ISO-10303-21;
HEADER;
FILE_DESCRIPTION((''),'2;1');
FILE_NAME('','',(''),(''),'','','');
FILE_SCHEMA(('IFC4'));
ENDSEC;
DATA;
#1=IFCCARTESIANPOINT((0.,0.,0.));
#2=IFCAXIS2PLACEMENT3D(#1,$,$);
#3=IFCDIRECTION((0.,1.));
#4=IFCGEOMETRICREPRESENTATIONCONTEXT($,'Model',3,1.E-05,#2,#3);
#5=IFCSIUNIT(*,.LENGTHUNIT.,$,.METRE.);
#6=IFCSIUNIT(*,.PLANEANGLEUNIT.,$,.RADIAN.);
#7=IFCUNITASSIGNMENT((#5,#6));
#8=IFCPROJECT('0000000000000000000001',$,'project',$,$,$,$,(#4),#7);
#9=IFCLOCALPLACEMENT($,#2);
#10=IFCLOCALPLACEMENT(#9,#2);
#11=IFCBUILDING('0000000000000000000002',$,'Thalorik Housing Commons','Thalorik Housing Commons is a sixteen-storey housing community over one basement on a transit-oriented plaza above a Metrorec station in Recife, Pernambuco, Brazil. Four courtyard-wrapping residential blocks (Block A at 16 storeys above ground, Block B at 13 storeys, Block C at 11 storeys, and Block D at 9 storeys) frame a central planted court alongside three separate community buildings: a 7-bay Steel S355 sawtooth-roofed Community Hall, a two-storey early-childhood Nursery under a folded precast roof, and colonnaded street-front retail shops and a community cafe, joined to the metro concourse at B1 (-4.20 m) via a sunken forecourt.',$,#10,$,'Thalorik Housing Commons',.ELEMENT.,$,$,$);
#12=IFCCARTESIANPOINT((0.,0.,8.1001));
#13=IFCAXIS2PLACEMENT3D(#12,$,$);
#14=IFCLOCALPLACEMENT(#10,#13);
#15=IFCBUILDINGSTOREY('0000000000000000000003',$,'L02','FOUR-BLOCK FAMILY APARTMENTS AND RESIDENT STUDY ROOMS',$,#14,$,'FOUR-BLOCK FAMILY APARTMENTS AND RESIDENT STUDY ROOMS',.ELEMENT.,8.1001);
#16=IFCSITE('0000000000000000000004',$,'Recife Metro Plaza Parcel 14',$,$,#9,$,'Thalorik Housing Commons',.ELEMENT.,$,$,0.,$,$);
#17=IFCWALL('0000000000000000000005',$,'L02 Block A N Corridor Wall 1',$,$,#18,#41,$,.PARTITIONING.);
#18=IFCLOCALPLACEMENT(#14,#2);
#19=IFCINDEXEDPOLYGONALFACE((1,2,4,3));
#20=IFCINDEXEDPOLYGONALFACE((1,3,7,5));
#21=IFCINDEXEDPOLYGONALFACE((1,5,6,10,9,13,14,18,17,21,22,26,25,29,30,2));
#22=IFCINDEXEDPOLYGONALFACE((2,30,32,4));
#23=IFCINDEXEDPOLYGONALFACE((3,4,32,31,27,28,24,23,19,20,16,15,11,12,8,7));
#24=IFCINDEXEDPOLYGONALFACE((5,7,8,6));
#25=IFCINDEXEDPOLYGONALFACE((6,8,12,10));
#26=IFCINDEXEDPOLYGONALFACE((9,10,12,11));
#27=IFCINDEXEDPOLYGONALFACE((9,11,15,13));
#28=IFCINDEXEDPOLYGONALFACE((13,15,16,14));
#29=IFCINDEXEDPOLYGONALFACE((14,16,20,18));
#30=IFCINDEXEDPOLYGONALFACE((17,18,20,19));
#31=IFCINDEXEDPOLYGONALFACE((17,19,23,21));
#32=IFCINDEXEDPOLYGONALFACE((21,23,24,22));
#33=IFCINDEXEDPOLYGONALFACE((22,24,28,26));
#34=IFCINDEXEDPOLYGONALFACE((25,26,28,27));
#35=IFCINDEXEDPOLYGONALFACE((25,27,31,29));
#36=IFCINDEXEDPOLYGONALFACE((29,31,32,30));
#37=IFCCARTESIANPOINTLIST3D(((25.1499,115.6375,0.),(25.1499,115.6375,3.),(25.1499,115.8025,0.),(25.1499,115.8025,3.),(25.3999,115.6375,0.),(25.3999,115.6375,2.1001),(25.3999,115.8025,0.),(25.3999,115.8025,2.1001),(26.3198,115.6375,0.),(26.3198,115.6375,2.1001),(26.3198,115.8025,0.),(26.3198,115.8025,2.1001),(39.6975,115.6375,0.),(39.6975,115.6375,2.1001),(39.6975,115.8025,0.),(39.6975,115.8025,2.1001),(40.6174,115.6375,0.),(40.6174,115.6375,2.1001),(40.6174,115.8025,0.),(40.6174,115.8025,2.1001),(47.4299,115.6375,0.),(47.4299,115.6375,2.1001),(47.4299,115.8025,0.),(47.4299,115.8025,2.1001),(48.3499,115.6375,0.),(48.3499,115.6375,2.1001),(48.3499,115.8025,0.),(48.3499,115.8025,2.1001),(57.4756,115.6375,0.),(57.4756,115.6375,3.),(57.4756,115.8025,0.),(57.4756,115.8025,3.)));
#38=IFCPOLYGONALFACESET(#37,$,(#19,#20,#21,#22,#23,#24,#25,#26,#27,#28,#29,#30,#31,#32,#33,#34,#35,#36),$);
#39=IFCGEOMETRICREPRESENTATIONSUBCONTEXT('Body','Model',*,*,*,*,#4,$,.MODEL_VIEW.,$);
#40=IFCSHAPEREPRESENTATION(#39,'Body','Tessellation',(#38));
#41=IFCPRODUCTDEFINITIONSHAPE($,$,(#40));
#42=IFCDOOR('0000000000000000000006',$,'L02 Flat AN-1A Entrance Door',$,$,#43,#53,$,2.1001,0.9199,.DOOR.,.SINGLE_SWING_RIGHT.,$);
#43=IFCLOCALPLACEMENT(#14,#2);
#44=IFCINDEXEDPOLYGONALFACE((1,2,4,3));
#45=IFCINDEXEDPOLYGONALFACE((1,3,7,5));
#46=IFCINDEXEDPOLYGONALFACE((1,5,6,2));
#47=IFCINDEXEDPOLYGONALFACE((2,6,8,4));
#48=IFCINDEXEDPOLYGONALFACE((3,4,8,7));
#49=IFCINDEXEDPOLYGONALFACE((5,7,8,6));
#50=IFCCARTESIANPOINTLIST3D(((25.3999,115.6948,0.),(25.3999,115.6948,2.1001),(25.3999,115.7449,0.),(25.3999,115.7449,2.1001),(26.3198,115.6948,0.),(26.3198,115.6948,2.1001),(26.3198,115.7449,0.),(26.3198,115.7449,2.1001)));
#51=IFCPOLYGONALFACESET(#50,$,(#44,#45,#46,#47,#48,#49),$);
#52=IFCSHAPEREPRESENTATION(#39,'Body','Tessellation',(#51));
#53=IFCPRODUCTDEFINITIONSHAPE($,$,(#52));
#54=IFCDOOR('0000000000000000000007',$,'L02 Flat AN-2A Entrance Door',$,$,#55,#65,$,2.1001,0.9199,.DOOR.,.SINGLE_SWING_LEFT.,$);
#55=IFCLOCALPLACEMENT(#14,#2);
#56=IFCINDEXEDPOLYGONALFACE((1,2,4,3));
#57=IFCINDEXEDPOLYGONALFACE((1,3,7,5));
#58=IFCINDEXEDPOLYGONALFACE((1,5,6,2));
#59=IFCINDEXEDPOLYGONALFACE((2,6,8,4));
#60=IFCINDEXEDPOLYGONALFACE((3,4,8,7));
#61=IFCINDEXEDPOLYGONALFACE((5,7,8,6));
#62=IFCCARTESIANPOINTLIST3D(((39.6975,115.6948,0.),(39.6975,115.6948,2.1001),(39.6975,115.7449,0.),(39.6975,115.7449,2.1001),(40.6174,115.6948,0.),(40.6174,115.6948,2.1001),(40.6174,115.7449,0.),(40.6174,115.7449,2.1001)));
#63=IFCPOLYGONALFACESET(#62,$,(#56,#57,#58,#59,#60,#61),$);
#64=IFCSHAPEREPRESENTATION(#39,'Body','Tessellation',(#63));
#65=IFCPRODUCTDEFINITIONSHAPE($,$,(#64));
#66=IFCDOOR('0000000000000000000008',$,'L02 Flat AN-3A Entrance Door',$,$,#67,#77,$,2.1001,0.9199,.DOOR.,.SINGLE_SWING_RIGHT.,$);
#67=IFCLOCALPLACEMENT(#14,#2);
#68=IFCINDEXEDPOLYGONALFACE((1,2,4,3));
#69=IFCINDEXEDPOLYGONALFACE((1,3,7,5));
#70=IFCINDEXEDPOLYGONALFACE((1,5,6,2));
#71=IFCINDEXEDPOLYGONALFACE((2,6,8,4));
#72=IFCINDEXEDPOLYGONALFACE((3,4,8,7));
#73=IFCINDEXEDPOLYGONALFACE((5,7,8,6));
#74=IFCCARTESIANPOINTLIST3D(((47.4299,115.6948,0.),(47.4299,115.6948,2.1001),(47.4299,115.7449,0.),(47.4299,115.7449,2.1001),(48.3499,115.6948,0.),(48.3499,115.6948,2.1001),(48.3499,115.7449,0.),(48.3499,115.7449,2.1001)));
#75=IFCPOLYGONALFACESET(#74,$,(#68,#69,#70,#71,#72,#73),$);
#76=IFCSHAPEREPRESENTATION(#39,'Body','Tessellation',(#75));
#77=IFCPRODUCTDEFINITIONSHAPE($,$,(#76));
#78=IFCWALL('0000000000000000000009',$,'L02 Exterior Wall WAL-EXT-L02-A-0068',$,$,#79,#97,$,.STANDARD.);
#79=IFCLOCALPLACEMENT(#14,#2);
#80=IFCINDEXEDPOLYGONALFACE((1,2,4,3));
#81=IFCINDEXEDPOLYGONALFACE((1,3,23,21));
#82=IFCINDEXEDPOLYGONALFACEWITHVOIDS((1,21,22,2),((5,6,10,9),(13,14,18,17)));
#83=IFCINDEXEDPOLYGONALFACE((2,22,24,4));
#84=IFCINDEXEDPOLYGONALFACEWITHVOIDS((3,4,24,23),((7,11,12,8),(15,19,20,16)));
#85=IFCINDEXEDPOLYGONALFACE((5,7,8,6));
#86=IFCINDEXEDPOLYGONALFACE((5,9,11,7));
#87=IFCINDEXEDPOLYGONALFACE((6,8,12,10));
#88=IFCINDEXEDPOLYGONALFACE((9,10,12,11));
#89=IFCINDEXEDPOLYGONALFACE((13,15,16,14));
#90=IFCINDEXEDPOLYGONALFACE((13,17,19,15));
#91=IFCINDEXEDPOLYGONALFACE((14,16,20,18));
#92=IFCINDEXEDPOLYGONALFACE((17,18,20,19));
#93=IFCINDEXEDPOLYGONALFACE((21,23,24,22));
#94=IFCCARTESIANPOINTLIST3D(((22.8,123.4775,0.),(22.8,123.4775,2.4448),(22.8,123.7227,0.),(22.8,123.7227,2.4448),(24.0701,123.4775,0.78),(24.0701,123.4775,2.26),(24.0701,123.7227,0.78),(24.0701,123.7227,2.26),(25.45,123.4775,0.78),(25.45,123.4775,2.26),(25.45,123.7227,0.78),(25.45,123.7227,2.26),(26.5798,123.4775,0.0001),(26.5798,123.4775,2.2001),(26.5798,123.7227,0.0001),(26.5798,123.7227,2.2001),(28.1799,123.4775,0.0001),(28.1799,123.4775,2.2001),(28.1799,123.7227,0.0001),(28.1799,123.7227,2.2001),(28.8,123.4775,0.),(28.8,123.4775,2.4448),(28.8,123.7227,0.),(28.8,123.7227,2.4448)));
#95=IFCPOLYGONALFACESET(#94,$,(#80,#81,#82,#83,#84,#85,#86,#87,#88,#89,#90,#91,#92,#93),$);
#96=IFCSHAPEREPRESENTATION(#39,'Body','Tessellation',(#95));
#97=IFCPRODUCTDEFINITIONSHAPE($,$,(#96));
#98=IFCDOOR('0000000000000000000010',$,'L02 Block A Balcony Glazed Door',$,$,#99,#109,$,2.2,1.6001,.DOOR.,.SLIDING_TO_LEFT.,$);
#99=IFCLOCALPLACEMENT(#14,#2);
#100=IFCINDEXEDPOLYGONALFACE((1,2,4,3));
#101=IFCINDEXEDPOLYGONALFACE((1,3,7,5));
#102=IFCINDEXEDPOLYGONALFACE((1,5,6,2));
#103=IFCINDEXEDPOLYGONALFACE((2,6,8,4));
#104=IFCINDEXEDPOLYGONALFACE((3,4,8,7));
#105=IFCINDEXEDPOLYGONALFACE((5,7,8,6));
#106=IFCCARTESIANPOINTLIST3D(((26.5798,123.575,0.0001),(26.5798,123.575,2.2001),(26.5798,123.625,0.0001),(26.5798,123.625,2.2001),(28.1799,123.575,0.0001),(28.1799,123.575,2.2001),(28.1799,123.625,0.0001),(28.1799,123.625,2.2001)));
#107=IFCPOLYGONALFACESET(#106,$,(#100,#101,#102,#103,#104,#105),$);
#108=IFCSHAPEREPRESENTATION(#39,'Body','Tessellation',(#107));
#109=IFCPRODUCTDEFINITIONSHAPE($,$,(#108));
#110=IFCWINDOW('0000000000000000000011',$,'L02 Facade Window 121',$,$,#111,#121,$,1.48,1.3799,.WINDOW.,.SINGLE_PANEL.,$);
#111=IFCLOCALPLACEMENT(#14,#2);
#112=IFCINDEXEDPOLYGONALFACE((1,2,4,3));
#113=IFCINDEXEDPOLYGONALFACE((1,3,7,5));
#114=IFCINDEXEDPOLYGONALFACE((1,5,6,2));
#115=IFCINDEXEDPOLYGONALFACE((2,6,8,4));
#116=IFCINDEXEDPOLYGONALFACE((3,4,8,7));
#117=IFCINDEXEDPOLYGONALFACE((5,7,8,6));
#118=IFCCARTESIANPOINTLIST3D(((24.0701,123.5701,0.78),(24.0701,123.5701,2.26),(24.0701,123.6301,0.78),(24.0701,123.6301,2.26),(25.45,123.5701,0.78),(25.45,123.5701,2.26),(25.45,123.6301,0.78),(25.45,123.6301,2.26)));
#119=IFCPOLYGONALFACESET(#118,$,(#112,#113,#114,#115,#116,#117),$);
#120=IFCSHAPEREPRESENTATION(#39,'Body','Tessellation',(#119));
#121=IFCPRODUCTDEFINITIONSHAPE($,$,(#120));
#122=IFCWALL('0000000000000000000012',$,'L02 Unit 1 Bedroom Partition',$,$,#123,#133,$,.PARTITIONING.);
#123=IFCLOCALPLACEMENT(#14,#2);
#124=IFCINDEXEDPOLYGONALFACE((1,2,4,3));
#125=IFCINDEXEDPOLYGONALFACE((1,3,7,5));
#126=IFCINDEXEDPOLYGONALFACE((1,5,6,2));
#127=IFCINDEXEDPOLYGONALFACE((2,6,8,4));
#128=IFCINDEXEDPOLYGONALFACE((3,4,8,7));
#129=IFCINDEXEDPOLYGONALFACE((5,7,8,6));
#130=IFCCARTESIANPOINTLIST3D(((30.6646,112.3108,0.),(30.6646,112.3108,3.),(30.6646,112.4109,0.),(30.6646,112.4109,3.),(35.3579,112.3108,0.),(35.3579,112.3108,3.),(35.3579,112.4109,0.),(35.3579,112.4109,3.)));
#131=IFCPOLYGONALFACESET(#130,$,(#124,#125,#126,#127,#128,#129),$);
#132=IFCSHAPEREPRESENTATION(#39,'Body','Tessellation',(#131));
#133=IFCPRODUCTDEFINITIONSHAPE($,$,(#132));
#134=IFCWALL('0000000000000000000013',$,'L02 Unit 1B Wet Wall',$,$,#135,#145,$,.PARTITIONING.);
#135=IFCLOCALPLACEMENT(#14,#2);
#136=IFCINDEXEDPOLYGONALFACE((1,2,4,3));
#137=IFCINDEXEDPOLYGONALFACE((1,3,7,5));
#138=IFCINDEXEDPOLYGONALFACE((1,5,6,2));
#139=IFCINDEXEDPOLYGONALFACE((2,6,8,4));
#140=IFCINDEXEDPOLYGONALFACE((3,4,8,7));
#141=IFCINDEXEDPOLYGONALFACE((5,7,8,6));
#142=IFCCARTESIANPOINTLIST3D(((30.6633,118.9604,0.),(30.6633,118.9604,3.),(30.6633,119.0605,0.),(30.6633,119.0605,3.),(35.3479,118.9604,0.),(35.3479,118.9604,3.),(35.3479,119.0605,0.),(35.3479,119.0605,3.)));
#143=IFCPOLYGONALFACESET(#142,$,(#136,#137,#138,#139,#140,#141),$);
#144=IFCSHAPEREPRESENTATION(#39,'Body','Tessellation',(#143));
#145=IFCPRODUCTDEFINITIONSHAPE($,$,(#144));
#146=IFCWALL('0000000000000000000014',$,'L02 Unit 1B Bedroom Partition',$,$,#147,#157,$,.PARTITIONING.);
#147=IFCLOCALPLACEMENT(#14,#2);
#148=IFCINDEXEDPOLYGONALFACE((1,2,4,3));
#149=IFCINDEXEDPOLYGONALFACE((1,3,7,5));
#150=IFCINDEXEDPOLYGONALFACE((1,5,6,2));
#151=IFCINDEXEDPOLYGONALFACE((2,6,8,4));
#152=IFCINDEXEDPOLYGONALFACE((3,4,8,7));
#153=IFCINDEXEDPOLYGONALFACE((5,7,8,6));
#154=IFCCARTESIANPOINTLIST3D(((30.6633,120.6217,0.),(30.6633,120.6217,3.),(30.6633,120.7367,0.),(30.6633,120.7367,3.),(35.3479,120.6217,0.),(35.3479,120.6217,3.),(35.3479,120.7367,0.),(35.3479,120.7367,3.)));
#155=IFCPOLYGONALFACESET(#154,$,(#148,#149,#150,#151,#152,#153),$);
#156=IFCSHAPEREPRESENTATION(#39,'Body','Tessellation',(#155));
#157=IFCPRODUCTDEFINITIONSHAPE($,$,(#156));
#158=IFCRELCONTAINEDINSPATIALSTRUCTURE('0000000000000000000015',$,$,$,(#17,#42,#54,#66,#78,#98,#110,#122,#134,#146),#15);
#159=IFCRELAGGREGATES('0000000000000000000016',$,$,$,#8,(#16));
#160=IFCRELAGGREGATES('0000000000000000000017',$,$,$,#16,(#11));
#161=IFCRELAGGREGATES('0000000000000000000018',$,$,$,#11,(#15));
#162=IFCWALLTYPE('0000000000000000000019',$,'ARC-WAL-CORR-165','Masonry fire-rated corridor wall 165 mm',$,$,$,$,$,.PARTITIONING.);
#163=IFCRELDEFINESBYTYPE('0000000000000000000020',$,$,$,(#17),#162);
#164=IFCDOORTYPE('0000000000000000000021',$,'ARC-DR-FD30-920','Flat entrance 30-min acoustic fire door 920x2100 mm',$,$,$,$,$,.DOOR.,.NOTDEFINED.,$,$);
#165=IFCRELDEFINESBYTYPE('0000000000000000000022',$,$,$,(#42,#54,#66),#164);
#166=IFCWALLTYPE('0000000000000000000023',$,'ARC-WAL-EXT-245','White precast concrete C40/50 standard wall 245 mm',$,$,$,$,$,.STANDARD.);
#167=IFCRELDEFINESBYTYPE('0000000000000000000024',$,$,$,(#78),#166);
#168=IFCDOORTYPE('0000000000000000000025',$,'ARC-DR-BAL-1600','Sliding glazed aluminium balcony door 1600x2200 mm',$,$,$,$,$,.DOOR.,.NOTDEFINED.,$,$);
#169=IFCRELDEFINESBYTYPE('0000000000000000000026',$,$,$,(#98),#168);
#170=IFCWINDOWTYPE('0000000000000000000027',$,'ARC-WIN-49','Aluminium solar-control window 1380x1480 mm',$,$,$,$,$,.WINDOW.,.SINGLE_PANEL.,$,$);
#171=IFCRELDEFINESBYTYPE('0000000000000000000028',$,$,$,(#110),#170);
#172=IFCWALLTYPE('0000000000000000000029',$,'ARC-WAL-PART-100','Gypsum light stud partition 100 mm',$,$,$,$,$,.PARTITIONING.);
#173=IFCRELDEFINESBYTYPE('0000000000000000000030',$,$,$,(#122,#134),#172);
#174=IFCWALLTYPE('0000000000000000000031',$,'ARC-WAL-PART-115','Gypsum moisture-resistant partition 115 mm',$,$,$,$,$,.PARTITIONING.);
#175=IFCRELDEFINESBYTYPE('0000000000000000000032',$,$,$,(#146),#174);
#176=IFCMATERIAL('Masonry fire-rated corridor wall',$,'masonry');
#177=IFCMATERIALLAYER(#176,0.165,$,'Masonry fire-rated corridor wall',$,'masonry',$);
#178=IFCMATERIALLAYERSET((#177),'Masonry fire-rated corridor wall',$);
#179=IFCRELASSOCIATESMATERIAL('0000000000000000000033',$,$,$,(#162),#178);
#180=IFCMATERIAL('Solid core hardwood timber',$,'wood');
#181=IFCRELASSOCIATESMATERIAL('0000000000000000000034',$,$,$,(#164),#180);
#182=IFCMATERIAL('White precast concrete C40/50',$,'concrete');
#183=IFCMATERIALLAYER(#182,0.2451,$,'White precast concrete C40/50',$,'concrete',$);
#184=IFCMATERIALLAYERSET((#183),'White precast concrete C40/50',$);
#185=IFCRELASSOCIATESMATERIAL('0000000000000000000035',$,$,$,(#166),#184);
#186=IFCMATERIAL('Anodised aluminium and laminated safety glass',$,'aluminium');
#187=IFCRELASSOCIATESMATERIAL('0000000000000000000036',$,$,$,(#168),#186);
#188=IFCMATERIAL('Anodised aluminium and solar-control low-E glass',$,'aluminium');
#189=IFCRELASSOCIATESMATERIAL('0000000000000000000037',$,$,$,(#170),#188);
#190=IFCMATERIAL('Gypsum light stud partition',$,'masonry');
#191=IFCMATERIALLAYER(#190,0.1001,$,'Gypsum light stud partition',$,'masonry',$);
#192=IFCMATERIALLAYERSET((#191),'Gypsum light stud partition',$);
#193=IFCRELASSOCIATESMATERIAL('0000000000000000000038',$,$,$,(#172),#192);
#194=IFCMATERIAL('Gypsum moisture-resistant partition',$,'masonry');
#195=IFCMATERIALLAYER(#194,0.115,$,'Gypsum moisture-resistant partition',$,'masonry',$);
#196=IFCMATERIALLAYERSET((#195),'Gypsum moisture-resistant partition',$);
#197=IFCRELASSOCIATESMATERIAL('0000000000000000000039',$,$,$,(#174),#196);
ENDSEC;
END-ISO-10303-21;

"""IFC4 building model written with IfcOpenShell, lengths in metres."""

from ifc_helpers import new_model, si_unit, direction, frame, frame_2d, origin, place, context, subcontext, project, spatial, rectangle, extrude, material, layer, layer_set, type_object, element, fill, save


model = new_model("IFC4")

# Units and contexts
model_context = context("Model", 3, precision=1e-05, world=origin(), true_north=direction((0.0, 1.0)))
body_context = subcontext(model_context, "Body", "Model", "MODEL_VIEW")
ifc_project = project(units=[si_unit("LENGTHUNIT", "METRE"), si_unit("PLANEANGLEUNIT", "RADIAN")], contexts=[model_context])

# Site, building, storey
site_placement = place(None, origin())
site = spatial("IfcSite", under=ifc_project, at=site_placement, Name="Recife Metro Plaza Parcel 14", LongName="Thalorik Housing Commons", CompositionType="ELEMENT", RefElevation=0.0)
building_placement = place(site_placement, origin())
building = spatial("IfcBuilding", under=site, at=building_placement, Name="Thalorik Housing Commons", Description="Thalorik Housing Commons is a sixteen-storey housing community over one basement on a transit-oriented plaza above a Metrorec station in Recife, Pernambuco, Brazil. Four courtyard-wrapping residential blocks (Block A at 16 storeys above ground, Block B at 13 storeys, Block C at 11 storeys, and Block D at 9 storeys) frame a central planted court alongside three separate community buildings: a 7-bay Steel S355 sawtooth-roofed Community Hall, a two-storey early-childhood Nursery under a folded precast roof, and colonnaded street-front retail shops and a community cafe, joined to the metro concourse at B1 (-4.20 m) via a sunken forecourt.", LongName="Thalorik Housing Commons", CompositionType="ELEMENT")
storey_placement = place(building_placement, frame((0.0, 0.0, 8.1001)))
storey = spatial("IfcBuildingStorey", under=building, at=storey_placement, Name="L02", Description="FOUR-BLOCK FAMILY APARTMENTS AND RESIDENT STUDY ROOMS", LongName="FOUR-BLOCK FAMILY APARTMENTS AND RESIDENT STUDY ROOMS", CompositionType="ELEMENT", Elevation=8.1001)

# Wall, openings, doors
ifc_material_1 = material(Name="Masonry fire-rated corridor wall", Category="masonry")
ifc_layer_1 = layer(ifc_material_1, 0.165, Name="Masonry fire-rated corridor wall", Category="masonry")
ifc_layer_set_1 = layer_set([ifc_layer_1], Name="Masonry fire-rated corridor wall")
wall_type_1 = type_object("IfcWallType", Name="ARC-WAL-CORR-165", Description="Masonry fire-rated corridor wall 165 mm", PredefinedType="PARTITIONING", material=ifc_layer_set_1)
wall_1_placement = place(storey_placement, frame((25.1499, 115.72, 0.0), z_axis=(0.0, 0.0, 1.0), x_axis=(1.0, 0.0, 0.0)))
wall_1 = element("IfcWall", 1, at=wall_1_placement, inside=storey, type_object=wall_type_1, Name="L02 Block A N Corridor Wall 1", PredefinedType="PARTITIONING", context=body_context, shape_type="SweptSolid", body=[
    extrude(rectangle(XDim=32.3257, YDim=0.165, at=frame_2d((16.1628, 0.0))), origin(), (0.0, 0.0, 1.0), 3.0),
])
opening_1_placement = place(wall_1_placement, frame((0.25, 0.0, 0.0)))
opening_1 = element("IfcOpeningElement", 2, at=opening_1_placement, cuts=wall_1, PredefinedType="OPENING", context=body_context, shape_type="SweptSolid", body=[
    extrude(rectangle(XDim=0.9199, YDim=2.1001, at=frame_2d((0.46, 1.05))), frame((0.0, 0.0925, 0.0), z_axis=(0.0, -1.0, 0.0), x_axis=(1.0, 0.0, 0.0)), (0.0, 0.0, 1.0), 0.1851),
])
opening_2_placement = place(wall_1_placement, frame((14.5476, 0.0, 0.0)))
opening_2 = element("IfcOpeningElement", 3, at=opening_2_placement, cuts=wall_1, PredefinedType="OPENING", context=body_context, shape_type="SweptSolid", body=[
    extrude(rectangle(XDim=0.9199, YDim=2.1001, at=frame_2d((0.46, 1.05))), frame((0.0, 0.0925, 0.0), z_axis=(0.0, -1.0, 0.0), x_axis=(1.0, 0.0, 0.0)), (0.0, 0.0, 1.0), 0.1851),
])
opening_3_placement = place(wall_1_placement, frame((22.28, 0.0, 0.0)))
opening_3 = element("IfcOpeningElement", 4, at=opening_3_placement, cuts=wall_1, PredefinedType="OPENING", context=body_context, shape_type="SweptSolid", body=[
    extrude(rectangle(XDim=0.9199, YDim=2.1001, at=frame_2d((0.46, 1.05))), frame((0.0, 0.0925, 0.0), z_axis=(0.0, -1.0, 0.0), x_axis=(1.0, 0.0, 0.0)), (0.0, 0.0, 1.0), 0.1851),
])
ifc_material_2 = material(Name="Solid core hardwood timber", Category="wood")
door_type_1 = type_object("IfcDoorType", Name="ARC-DR-FD30-920", Description="Flat entrance 30-min acoustic fire door 920x2100 mm", OperationType="NOTDEFINED", PredefinedType="DOOR", material=ifc_material_2)
door_1_placement = place(opening_1_placement, origin())
door_1 = element("IfcDoor", 5, at=door_1_placement, inside=storey, type_object=door_type_1, Name="L02 Flat AN-1A Entrance Door", OperationType="SINGLE_SWING_RIGHT", OverallHeight=2.1001, OverallWidth=0.9199, PredefinedType="DOOR", context=body_context, shape_type="SweptSolid", body=[
    extrude(rectangle(XDim=0.9199, YDim=2.1001, at=frame_2d((0.46, 1.05))), frame((0.0, 0.0249, 0.0), z_axis=(0.0, -1.0, 0.0), x_axis=(1.0, 0.0, 0.0)), (0.0, 0.0, 1.0), 0.05),
])
fill(opening_1, door_1)
door_2_placement = place(opening_2_placement, origin())
door_2 = element("IfcDoor", 6, at=door_2_placement, inside=storey, type_object=door_type_1, Name="L02 Flat AN-2A Entrance Door", OperationType="SINGLE_SWING_LEFT", OverallHeight=2.1001, OverallWidth=0.9199, PredefinedType="DOOR", context=body_context, shape_type="SweptSolid", body=[
    extrude(rectangle(XDim=0.9199, YDim=2.1001, at=frame_2d((0.46, 1.05))), frame((0.0, 0.0249, 0.0), z_axis=(0.0, -1.0, 0.0), x_axis=(1.0, 0.0, 0.0)), (0.0, 0.0, 1.0), 0.05),
])
fill(opening_2, door_2)
door_3_placement = place(opening_3_placement, origin())
door_3 = element("IfcDoor", 7, at=door_3_placement, inside=storey, type_object=door_type_1, Name="L02 Flat AN-3A Entrance Door", OperationType="SINGLE_SWING_RIGHT", OverallHeight=2.1001, OverallWidth=0.9199, PredefinedType="DOOR", context=body_context, shape_type="SweptSolid", body=[
    extrude(rectangle(XDim=0.9199, YDim=2.1001, at=frame_2d((0.46, 1.05))), frame((0.0, 0.0249, 0.0), z_axis=(0.0, -1.0, 0.0), x_axis=(1.0, 0.0, 0.0)), (0.0, 0.0, 1.0), 0.05),
])
fill(opening_3, door_3)

# Wall, openings, door, window
ifc_material_3 = material(Name="White precast concrete C40/50", Category="concrete")
ifc_layer_2 = layer(ifc_material_3, 0.2451, Name="White precast concrete C40/50", Category="concrete")
ifc_layer_set_2 = layer_set([ifc_layer_2], Name="White precast concrete C40/50")
wall_type_2 = type_object("IfcWallType", Name="ARC-WAL-EXT-245", Description="White precast concrete C40/50 standard wall 245 mm", PredefinedType="STANDARD", material=ifc_layer_set_2)
wall_2_placement = place(storey_placement, frame((28.8, 123.6001, 0.0), z_axis=(0.0, 0.0, 1.0), x_axis=(-1.0, 0.0, 0.0)))
wall_2 = element("IfcWall", 8, at=wall_2_placement, inside=storey, type_object=wall_type_2, Name="L02 Exterior Wall WAL-EXT-L02-A-0068", PredefinedType="STANDARD", context=body_context, shape_type="SweptSolid", body=[
    extrude(rectangle(XDim=6.0, YDim=0.2451, at=frame_2d((3.0, 0.0))), origin(), (0.0, 0.0, 1.0), 2.4448),
])
opening_4_placement = place(wall_2_placement, frame((0.6201, 0.0, 0.0)))
opening_4 = element("IfcOpeningElement", 9, at=opening_4_placement, cuts=wall_2, PredefinedType="OPENING", context=body_context, shape_type="SweptSolid", body=[
    extrude(rectangle(XDim=1.6001, YDim=2.2, at=frame_2d((0.8, 1.1001))), frame((0.0, 0.1326, 0.0), z_axis=(0.0, -1.0, 0.0), x_axis=(1.0, 0.0, 0.0)), (0.0, 0.0, 1.0), 0.2651),
])
opening_5_placement = place(wall_2_placement, frame((3.3501, 0.0, 0.78)))
opening_5 = element("IfcOpeningElement", 10, at=opening_5_placement, cuts=wall_2, PredefinedType="OPENING", context=body_context, shape_type="SweptSolid", body=[
    extrude(rectangle(XDim=1.3799, YDim=1.48, at=frame_2d((0.6899, 0.74))), frame((0.0, 0.1326, 0.0), z_axis=(0.0, -1.0, 0.0), x_axis=(1.0, 0.0, 0.0)), (0.0, 0.0, 1.0), 0.2651),
])
ifc_material_4 = material(Name="Anodised aluminium and laminated safety glass", Category="aluminium")
door_type_2 = type_object("IfcDoorType", Name="ARC-DR-BAL-1600", Description="Sliding glazed aluminium balcony door 1600x2200 mm", OperationType="NOTDEFINED", PredefinedType="DOOR", material=ifc_material_4)
door_4_placement = place(opening_4_placement, frame((1.6001, 0.0, 0.0), z_axis=(0.0, 0.0, 1.0), x_axis=(-1.0, 0.0, 0.0)))
door_4 = element("IfcDoor", 11, at=door_4_placement, inside=storey, type_object=door_type_2, Name="L02 Block A Balcony Glazed Door", OperationType="SLIDING_TO_LEFT", OverallHeight=2.2, OverallWidth=1.6001, PredefinedType="DOOR", context=body_context, shape_type="SweptSolid", body=[
    extrude(rectangle(XDim=1.6001, YDim=2.2, at=frame_2d((0.8, 1.1001))), frame((0.0, 0.0249, 0.0), z_axis=(0.0, -1.0, 0.0), x_axis=(1.0, 0.0, 0.0)), (0.0, 0.0, 1.0), 0.05),
])
fill(opening_4, door_4)
ifc_material_5 = material(Name="Anodised aluminium and solar-control low-E glass", Category="aluminium")
window_type = type_object("IfcWindowType", Name="ARC-WIN-49", Description="Aluminium solar-control window 1380x1480 mm", PartitioningType="SINGLE_PANEL", PredefinedType="WINDOW", material=ifc_material_5)
window_placement = place(opening_5_placement, origin())
window = element("IfcWindow", 12, at=window_placement, inside=storey, type_object=window_type, Name="L02 Facade Window 121", OverallHeight=1.48, OverallWidth=1.3799, PartitioningType="SINGLE_PANEL", PredefinedType="WINDOW", context=body_context, shape_type="SweptSolid", body=[
    extrude(rectangle(XDim=1.3799, YDim=1.48, at=frame_2d((0.6899, 0.74))), frame((0.0, 0.03, 0.0), z_axis=(0.0, -1.0, 0.0), x_axis=(1.0, 0.0, 0.0)), (0.0, 0.0, 1.0), 0.0601),
])
fill(opening_5, window)

# Walls
ifc_material_6 = material(Name="Gypsum light stud partition", Category="masonry")
ifc_layer_3 = layer(ifc_material_6, 0.1001, Name="Gypsum light stud partition", Category="masonry")
ifc_layer_set_3 = layer_set([ifc_layer_3], Name="Gypsum light stud partition")
wall_type_3 = type_object("IfcWallType", Name="ARC-WAL-PART-100", Description="Gypsum light stud partition 100 mm", PredefinedType="PARTITIONING", material=ifc_layer_set_3)
wall_3_placement = place(storey_placement, frame((30.6646, 112.3608, 0.0), z_axis=(0.0, 0.0, 1.0), x_axis=(1.0, 0.0, 0.0)))
element("IfcWall", 13, at=wall_3_placement, inside=storey, type_object=wall_type_3, Name="L02 Unit 1 Bedroom Partition", PredefinedType="PARTITIONING", context=body_context, shape_type="SweptSolid", body=[
    extrude(rectangle(XDim=4.6934, YDim=0.1001, at=frame_2d((2.3467, 0.0))), origin(), (0.0, 0.0, 1.0), 3.0),
])
wall_4_placement = place(storey_placement, frame((30.6633, 119.0105, 0.0), z_axis=(0.0, 0.0, 1.0), x_axis=(1.0, 0.0, 0.0)))
element("IfcWall", 14, at=wall_4_placement, inside=storey, type_object=wall_type_3, Name="L02 Unit 1B Wet Wall", PredefinedType="PARTITIONING", context=body_context, shape_type="SweptSolid", body=[
    extrude(rectangle(XDim=4.6846, YDim=0.1001, at=frame_2d((2.3423, 0.0))), origin(), (0.0, 0.0, 1.0), 3.0),
])
ifc_material_7 = material(Name="Gypsum moisture-resistant partition", Category="masonry")
ifc_layer_4 = layer(ifc_material_7, 0.115, Name="Gypsum moisture-resistant partition", Category="masonry")
ifc_layer_set_4 = layer_set([ifc_layer_4], Name="Gypsum moisture-resistant partition")
wall_type_4 = type_object("IfcWallType", Name="ARC-WAL-PART-115", Description="Gypsum moisture-resistant partition 115 mm", PredefinedType="PARTITIONING", material=ifc_layer_set_4)
wall_5_placement = place(storey_placement, frame((30.6633, 120.6792, 0.0), z_axis=(0.0, 0.0, 1.0), x_axis=(1.0, 0.0, 0.0)))
element("IfcWall", 15, at=wall_5_placement, inside=storey, type_object=wall_type_4, Name="L02 Unit 1B Bedroom Partition", PredefinedType="PARTITIONING", context=body_context, shape_type="SweptSolid", body=[
    extrude(rectangle(XDim=4.6846, YDim=0.115, at=frame_2d((2.3423, 0.0))), origin(), (0.0, 0.0, 1.0), 3.0),
])

save(model, "model.ifc")
